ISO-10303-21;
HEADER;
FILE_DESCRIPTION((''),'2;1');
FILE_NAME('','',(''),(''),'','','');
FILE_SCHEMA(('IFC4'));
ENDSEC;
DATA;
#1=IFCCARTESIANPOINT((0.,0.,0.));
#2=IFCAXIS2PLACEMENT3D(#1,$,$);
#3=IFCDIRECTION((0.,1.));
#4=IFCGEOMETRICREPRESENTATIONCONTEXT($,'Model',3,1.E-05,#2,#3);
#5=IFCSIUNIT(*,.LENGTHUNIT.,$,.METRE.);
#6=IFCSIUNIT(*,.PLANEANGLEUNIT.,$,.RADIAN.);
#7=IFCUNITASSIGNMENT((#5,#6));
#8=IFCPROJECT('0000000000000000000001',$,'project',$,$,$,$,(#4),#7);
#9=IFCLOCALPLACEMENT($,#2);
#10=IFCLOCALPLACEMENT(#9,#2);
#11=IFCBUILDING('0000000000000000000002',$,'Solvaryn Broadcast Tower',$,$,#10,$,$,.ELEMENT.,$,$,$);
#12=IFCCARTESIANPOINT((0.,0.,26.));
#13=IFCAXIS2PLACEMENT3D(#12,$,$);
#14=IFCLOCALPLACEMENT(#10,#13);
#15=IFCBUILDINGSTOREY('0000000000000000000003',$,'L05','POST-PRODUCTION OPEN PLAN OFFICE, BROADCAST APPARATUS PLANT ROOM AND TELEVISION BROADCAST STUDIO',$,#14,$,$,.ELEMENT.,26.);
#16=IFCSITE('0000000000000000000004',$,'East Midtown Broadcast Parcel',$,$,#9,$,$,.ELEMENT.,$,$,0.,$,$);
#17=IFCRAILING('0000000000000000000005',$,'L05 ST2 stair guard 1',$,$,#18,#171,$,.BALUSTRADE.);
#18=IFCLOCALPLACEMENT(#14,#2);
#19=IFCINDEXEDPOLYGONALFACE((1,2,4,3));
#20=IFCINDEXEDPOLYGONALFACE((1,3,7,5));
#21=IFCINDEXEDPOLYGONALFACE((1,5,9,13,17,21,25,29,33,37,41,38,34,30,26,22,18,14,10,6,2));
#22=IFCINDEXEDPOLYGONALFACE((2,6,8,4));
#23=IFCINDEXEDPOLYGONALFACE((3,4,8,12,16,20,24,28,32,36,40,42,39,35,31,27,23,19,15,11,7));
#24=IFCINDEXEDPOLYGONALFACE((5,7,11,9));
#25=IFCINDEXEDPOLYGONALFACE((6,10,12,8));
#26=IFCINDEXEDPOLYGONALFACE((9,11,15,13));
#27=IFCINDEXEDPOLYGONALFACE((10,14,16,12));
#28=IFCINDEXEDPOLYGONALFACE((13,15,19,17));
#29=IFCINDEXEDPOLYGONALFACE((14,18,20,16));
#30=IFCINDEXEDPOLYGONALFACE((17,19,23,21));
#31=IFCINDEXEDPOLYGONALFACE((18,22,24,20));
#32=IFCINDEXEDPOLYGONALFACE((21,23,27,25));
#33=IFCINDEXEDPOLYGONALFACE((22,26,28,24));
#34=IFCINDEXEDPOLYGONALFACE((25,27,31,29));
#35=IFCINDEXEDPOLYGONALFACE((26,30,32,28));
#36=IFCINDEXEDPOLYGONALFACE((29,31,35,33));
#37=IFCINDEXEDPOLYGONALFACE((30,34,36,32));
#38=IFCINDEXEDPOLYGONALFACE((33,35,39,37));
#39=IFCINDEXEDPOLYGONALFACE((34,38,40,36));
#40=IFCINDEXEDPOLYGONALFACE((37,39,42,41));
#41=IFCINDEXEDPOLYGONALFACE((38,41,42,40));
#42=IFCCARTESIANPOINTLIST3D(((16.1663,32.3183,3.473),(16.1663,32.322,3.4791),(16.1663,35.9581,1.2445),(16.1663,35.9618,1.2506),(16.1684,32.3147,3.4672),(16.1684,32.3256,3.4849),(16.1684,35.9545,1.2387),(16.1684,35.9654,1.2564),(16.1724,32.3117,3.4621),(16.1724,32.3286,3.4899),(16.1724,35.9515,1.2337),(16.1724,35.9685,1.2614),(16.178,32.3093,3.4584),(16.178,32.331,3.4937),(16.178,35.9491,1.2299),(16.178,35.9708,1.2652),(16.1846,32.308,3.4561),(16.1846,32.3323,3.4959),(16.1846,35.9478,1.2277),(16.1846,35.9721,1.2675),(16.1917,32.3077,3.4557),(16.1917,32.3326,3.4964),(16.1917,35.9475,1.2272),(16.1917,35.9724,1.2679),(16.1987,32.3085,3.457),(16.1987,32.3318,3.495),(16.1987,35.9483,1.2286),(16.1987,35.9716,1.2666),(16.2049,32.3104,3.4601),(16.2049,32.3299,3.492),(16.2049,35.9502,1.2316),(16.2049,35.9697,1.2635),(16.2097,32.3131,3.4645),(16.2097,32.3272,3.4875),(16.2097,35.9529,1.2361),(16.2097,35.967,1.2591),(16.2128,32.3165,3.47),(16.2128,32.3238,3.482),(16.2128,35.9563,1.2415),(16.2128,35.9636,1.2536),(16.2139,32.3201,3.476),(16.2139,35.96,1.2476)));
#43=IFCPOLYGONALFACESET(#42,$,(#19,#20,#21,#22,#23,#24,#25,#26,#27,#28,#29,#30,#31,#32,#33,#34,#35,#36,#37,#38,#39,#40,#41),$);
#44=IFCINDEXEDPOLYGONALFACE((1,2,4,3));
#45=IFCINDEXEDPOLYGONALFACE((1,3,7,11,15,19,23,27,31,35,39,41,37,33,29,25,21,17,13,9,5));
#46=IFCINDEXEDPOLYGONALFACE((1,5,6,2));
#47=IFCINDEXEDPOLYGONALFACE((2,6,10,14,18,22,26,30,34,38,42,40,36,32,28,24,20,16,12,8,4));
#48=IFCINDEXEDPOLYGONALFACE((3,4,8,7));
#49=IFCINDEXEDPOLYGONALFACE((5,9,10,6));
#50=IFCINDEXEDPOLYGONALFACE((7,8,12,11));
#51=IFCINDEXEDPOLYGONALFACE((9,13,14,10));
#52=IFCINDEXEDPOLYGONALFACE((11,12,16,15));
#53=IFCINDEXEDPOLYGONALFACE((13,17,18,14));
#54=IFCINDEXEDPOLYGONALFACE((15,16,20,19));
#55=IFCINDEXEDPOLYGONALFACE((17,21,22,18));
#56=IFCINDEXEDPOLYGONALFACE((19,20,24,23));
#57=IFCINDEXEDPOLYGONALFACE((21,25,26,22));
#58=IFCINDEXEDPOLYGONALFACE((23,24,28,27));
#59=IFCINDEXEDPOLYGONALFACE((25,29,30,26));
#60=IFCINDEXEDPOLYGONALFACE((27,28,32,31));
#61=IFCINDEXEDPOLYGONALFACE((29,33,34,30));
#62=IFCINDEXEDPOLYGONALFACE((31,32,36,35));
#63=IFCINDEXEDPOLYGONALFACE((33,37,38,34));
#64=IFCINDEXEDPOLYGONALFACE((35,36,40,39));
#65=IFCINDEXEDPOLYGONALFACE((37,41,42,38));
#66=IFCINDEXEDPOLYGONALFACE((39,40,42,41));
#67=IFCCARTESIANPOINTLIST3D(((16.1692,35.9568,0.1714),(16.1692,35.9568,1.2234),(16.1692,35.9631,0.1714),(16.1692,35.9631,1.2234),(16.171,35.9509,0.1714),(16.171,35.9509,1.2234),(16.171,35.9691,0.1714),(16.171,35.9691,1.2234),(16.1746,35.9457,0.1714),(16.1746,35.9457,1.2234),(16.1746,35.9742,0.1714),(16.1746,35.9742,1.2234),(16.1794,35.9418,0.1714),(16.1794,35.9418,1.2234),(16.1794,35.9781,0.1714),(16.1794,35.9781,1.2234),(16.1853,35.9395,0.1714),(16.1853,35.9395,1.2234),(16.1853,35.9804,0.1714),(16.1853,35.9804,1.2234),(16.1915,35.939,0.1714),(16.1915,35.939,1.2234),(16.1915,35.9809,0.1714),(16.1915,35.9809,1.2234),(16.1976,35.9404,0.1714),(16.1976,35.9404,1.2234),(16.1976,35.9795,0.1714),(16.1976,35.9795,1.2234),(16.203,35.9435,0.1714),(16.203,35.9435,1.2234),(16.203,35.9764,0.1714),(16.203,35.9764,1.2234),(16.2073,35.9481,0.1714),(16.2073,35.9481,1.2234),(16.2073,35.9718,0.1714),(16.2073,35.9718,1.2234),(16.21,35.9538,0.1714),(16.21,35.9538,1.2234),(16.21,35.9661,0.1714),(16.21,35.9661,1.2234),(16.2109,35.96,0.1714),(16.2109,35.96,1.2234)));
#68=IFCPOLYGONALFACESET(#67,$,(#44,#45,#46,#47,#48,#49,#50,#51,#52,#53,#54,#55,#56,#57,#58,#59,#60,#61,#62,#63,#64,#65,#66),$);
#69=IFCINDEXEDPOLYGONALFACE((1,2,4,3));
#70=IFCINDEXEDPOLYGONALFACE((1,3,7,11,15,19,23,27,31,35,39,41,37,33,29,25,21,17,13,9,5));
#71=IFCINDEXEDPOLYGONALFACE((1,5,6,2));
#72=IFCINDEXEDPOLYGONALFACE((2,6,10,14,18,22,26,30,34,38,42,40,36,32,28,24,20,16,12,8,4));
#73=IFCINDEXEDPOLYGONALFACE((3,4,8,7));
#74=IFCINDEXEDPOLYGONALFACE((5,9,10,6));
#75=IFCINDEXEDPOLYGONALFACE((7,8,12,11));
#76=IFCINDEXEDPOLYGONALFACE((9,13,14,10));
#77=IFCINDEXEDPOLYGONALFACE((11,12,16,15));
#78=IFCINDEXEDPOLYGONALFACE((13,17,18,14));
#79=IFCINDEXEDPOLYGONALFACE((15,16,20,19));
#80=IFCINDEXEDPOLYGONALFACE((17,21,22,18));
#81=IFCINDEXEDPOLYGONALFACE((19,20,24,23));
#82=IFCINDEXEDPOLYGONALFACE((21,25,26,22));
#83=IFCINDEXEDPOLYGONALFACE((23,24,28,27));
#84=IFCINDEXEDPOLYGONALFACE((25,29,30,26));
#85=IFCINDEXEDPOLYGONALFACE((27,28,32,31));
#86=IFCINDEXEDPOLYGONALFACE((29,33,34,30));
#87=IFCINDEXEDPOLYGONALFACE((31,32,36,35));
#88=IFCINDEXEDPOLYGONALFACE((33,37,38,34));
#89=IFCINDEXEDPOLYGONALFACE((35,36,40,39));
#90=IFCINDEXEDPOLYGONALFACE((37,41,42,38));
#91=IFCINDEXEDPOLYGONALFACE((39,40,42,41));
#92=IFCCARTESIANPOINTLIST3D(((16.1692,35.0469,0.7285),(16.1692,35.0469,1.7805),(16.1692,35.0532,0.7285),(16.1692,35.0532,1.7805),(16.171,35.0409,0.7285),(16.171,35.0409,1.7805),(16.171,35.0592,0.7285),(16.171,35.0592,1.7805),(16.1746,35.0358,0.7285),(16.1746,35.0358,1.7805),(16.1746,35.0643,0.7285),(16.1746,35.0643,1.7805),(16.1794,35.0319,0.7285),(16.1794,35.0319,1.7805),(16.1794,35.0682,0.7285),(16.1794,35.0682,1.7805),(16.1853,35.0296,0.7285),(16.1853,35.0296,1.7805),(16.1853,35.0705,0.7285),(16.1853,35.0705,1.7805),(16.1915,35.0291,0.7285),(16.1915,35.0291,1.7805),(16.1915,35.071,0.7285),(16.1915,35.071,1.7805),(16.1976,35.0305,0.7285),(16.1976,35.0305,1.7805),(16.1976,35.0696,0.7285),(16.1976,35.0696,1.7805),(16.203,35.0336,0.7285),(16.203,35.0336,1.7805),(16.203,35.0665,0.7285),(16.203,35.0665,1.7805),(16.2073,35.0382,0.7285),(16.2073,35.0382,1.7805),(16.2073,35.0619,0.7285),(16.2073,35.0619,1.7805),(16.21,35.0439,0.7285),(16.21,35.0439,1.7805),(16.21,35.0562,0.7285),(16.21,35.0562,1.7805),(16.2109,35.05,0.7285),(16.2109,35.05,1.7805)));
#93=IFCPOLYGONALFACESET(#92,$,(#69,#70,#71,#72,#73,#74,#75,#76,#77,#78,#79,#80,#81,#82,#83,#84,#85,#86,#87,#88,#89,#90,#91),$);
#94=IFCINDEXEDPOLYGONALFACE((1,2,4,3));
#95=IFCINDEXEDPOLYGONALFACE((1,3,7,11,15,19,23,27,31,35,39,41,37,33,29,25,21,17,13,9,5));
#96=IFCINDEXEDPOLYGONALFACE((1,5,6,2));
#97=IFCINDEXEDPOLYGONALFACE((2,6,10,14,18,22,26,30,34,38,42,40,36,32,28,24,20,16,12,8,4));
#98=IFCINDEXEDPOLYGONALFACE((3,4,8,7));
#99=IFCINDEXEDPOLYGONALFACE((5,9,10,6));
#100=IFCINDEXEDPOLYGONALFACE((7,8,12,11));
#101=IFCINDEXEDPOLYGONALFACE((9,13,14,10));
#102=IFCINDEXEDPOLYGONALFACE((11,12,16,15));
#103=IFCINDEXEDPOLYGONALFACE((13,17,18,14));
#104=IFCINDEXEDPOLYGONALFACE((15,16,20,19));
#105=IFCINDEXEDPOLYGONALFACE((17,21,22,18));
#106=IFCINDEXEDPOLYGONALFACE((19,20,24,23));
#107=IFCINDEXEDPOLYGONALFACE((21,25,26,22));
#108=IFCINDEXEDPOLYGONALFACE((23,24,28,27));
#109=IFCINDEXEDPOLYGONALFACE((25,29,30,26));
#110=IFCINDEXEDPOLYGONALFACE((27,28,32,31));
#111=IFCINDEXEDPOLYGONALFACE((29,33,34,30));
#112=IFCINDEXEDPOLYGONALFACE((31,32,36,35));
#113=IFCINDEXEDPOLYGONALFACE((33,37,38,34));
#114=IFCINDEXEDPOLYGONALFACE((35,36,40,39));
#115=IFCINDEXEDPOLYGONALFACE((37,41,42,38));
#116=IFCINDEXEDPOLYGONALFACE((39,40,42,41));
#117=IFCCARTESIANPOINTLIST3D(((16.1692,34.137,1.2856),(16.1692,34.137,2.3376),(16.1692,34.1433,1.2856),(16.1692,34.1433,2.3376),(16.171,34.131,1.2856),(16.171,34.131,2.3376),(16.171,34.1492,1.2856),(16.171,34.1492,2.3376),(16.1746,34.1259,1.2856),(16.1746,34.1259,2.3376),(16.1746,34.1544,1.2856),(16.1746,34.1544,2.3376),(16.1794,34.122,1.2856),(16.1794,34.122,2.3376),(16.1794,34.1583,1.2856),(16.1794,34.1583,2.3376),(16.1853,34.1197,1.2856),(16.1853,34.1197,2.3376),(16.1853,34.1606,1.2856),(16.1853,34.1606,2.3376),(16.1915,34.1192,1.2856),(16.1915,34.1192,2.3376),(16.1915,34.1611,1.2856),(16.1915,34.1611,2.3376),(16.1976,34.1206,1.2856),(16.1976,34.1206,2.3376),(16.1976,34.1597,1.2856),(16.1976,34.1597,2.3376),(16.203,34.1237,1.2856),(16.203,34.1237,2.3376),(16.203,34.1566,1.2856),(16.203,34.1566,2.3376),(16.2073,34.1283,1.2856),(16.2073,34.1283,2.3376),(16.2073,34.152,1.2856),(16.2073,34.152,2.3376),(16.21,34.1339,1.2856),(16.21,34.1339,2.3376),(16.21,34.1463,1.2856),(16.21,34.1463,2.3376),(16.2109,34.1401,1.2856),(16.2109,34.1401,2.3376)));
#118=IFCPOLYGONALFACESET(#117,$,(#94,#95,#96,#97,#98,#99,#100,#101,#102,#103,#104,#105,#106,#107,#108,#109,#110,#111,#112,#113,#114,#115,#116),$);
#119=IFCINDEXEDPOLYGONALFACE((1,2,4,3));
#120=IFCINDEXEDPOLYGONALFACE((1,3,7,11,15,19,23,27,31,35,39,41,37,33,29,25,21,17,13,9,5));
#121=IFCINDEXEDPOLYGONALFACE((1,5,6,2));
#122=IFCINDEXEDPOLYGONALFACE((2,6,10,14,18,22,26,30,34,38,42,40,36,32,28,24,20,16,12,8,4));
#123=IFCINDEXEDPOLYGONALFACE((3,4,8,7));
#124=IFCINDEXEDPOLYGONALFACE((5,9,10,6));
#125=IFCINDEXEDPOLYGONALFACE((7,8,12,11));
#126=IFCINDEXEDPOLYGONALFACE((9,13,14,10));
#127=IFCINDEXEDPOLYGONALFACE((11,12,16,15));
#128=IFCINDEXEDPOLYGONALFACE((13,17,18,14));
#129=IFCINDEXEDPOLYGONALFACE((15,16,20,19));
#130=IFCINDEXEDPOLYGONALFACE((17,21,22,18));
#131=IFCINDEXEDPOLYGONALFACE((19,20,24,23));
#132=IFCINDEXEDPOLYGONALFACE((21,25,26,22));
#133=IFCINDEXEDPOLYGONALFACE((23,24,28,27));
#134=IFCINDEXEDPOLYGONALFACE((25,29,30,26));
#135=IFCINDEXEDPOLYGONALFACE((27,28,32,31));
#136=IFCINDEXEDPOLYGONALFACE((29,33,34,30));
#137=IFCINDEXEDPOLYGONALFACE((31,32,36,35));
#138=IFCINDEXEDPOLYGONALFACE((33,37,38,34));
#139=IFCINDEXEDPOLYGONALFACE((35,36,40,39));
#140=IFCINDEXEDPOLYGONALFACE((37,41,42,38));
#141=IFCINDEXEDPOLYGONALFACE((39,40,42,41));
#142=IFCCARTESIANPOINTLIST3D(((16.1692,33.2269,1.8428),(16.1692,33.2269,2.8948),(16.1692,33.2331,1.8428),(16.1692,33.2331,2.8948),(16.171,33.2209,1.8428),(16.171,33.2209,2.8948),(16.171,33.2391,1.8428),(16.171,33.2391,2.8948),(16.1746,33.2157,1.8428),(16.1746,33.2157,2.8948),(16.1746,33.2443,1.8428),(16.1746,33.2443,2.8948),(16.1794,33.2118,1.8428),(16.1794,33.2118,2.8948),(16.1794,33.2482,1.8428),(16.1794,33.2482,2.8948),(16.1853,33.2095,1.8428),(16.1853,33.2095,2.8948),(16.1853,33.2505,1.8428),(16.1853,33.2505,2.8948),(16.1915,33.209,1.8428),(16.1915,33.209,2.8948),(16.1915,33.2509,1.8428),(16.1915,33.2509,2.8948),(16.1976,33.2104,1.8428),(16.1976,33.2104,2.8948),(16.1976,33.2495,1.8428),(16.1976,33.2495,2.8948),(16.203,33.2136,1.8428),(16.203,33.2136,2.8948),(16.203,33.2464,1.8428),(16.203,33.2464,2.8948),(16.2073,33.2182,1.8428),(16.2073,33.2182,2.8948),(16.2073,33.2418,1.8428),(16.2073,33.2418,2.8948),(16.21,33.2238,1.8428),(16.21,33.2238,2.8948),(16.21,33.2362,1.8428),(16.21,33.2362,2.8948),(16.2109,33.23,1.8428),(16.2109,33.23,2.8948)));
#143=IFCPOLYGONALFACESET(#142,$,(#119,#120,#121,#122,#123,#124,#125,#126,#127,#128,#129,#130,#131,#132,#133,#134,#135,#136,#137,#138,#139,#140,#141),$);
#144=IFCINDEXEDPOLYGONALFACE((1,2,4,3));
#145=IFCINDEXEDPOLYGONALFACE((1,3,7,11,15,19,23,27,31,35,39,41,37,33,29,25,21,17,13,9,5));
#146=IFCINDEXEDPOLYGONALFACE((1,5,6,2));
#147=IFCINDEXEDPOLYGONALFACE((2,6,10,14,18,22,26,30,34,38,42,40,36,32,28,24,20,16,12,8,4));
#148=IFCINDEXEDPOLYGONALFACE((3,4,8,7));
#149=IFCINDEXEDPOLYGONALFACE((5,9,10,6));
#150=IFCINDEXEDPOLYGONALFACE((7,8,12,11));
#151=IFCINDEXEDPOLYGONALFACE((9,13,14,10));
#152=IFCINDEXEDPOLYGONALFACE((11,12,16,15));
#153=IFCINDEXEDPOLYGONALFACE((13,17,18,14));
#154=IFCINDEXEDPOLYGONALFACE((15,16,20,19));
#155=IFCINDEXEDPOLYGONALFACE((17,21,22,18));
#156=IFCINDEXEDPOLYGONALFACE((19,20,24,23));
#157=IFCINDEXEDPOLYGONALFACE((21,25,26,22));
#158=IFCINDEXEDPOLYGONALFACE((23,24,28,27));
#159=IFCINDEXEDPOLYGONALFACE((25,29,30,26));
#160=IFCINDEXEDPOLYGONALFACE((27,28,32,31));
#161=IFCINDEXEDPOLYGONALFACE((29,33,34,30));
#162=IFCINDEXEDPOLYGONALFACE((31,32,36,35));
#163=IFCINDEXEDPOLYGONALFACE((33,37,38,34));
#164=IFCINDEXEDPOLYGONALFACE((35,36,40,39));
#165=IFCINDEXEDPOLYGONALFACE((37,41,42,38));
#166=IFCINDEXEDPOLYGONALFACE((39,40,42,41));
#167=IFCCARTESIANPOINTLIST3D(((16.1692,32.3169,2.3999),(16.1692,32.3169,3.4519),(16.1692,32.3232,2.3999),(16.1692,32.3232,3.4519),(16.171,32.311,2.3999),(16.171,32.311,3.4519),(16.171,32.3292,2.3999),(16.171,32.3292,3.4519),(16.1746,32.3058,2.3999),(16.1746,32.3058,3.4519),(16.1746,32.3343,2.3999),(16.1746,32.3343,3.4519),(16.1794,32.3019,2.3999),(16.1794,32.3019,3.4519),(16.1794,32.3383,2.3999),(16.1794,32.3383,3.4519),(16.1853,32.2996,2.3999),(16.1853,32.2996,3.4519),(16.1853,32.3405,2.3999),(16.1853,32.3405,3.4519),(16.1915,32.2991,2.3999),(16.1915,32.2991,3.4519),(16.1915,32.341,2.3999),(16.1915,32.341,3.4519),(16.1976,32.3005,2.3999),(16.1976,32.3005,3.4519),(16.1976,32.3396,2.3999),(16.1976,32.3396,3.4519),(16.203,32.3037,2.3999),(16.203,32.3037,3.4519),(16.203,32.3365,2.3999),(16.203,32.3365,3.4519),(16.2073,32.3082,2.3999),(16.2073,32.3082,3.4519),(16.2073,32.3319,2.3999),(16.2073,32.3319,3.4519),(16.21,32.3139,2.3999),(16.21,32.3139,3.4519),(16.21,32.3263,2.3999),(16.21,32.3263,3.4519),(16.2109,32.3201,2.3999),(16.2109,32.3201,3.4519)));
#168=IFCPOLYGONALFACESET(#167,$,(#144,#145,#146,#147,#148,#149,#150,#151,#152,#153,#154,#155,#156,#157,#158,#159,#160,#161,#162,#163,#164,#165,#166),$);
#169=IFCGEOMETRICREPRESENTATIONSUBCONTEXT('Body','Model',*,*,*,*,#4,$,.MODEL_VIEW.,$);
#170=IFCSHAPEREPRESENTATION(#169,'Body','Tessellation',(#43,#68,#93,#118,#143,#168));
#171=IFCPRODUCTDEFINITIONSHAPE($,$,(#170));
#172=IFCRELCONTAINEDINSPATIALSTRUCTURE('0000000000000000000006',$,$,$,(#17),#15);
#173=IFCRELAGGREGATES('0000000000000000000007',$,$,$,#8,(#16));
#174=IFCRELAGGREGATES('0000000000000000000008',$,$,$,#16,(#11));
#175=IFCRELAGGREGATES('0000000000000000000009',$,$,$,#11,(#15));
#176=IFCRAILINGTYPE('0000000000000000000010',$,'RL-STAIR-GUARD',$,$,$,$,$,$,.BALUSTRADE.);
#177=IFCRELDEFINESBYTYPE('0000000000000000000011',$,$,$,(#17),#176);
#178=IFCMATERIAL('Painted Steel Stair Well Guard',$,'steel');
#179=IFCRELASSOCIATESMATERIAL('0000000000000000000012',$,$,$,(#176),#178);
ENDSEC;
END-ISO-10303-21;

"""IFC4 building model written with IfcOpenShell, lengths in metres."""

from ifc_helpers import new_model, si_unit, direction, frame, origin, origin_2d, place, context, subcontext, project, spatial, circle, extrude, material, type_object, element, save


model = new_model("IFC4")

# Units and contexts
model_context = context("Model", 3, precision=1e-05, world=origin(), true_north=direction((0.0, 1.0)))
body_context = subcontext(model_context, "Body", "Model", "MODEL_VIEW")
ifc_project = project(units=[si_unit("LENGTHUNIT", "METRE"), si_unit("PLANEANGLEUNIT", "RADIAN")], contexts=[model_context])

# Site, building, storey
site_placement = place(None, origin())
site = spatial("IfcSite", under=ifc_project, at=site_placement, Name="East Midtown Broadcast Parcel", CompositionType="ELEMENT", RefElevation=0.0)
building_placement = place(site_placement, origin())
building = spatial("IfcBuilding", under=site, at=building_placement, Name="Solvaryn Broadcast Tower", CompositionType="ELEMENT")
storey_placement = place(building_placement, frame((0.0, 0.0, 26.0)))
storey = spatial("IfcBuildingStorey", under=building, at=storey_placement, Name="L05", Description="POST-PRODUCTION OPEN PLAN OFFICE, BROADCAST APPARATUS PLANT ROOM AND TELEVISION BROADCAST STUDIO", CompositionType="ELEMENT", Elevation=26.0)

# Railing
ifc_material_1 = material(Name="Painted Steel Stair Well Guard", Category="steel")
railing_type = type_object("IfcRailingType", Name="RL-STAIR-GUARD", PredefinedType="BALUSTRADE", material=ifc_material_1)
railing_1_placement = place(storey_placement, frame((16.1899, 35.96, 0.1714)))
element("IfcRailing", 1, at=railing_1_placement, inside=storey, type_object=railing_type, Name="L05 ST2 stair guard 1", PredefinedType="BALUSTRADE", context=body_context, shape_type="SweptSolid", body=[
    extrude(circle(Radius=0.0239, at=origin_2d()), frame((0.0, 0.0, 1.0762), z_axis=(0.0, -0.85285, 0.522156), x_axis=(1.0, 0.0, 0.0)), (0.0, 0.0, 1.0), 4.2678),
    extrude(circle(Radius=0.021, at=origin_2d()), origin(), (0.0, 0.0, 1.0), 1.052),
    extrude(circle(Radius=0.021, at=origin_2d()), frame((0.0, -0.9099, 0.5571)), (0.0, 0.0, 1.0), 1.052),
    extrude(circle(Radius=0.021, at=origin_2d()), frame((0.0, -1.8198, 1.1143)), (0.0, 0.0, 1.0), 1.052),
    extrude(circle(Radius=0.021, at=origin_2d()), frame((0.0, -2.73, 1.6714)), (0.0, 0.0, 1.0), 1.052),
    extrude(circle(Radius=0.021, at=origin_2d()), frame((0.0, -3.6399, 2.2285)), (0.0, 0.0, 1.0), 1.052),
])

save(model, "model.ifc")
